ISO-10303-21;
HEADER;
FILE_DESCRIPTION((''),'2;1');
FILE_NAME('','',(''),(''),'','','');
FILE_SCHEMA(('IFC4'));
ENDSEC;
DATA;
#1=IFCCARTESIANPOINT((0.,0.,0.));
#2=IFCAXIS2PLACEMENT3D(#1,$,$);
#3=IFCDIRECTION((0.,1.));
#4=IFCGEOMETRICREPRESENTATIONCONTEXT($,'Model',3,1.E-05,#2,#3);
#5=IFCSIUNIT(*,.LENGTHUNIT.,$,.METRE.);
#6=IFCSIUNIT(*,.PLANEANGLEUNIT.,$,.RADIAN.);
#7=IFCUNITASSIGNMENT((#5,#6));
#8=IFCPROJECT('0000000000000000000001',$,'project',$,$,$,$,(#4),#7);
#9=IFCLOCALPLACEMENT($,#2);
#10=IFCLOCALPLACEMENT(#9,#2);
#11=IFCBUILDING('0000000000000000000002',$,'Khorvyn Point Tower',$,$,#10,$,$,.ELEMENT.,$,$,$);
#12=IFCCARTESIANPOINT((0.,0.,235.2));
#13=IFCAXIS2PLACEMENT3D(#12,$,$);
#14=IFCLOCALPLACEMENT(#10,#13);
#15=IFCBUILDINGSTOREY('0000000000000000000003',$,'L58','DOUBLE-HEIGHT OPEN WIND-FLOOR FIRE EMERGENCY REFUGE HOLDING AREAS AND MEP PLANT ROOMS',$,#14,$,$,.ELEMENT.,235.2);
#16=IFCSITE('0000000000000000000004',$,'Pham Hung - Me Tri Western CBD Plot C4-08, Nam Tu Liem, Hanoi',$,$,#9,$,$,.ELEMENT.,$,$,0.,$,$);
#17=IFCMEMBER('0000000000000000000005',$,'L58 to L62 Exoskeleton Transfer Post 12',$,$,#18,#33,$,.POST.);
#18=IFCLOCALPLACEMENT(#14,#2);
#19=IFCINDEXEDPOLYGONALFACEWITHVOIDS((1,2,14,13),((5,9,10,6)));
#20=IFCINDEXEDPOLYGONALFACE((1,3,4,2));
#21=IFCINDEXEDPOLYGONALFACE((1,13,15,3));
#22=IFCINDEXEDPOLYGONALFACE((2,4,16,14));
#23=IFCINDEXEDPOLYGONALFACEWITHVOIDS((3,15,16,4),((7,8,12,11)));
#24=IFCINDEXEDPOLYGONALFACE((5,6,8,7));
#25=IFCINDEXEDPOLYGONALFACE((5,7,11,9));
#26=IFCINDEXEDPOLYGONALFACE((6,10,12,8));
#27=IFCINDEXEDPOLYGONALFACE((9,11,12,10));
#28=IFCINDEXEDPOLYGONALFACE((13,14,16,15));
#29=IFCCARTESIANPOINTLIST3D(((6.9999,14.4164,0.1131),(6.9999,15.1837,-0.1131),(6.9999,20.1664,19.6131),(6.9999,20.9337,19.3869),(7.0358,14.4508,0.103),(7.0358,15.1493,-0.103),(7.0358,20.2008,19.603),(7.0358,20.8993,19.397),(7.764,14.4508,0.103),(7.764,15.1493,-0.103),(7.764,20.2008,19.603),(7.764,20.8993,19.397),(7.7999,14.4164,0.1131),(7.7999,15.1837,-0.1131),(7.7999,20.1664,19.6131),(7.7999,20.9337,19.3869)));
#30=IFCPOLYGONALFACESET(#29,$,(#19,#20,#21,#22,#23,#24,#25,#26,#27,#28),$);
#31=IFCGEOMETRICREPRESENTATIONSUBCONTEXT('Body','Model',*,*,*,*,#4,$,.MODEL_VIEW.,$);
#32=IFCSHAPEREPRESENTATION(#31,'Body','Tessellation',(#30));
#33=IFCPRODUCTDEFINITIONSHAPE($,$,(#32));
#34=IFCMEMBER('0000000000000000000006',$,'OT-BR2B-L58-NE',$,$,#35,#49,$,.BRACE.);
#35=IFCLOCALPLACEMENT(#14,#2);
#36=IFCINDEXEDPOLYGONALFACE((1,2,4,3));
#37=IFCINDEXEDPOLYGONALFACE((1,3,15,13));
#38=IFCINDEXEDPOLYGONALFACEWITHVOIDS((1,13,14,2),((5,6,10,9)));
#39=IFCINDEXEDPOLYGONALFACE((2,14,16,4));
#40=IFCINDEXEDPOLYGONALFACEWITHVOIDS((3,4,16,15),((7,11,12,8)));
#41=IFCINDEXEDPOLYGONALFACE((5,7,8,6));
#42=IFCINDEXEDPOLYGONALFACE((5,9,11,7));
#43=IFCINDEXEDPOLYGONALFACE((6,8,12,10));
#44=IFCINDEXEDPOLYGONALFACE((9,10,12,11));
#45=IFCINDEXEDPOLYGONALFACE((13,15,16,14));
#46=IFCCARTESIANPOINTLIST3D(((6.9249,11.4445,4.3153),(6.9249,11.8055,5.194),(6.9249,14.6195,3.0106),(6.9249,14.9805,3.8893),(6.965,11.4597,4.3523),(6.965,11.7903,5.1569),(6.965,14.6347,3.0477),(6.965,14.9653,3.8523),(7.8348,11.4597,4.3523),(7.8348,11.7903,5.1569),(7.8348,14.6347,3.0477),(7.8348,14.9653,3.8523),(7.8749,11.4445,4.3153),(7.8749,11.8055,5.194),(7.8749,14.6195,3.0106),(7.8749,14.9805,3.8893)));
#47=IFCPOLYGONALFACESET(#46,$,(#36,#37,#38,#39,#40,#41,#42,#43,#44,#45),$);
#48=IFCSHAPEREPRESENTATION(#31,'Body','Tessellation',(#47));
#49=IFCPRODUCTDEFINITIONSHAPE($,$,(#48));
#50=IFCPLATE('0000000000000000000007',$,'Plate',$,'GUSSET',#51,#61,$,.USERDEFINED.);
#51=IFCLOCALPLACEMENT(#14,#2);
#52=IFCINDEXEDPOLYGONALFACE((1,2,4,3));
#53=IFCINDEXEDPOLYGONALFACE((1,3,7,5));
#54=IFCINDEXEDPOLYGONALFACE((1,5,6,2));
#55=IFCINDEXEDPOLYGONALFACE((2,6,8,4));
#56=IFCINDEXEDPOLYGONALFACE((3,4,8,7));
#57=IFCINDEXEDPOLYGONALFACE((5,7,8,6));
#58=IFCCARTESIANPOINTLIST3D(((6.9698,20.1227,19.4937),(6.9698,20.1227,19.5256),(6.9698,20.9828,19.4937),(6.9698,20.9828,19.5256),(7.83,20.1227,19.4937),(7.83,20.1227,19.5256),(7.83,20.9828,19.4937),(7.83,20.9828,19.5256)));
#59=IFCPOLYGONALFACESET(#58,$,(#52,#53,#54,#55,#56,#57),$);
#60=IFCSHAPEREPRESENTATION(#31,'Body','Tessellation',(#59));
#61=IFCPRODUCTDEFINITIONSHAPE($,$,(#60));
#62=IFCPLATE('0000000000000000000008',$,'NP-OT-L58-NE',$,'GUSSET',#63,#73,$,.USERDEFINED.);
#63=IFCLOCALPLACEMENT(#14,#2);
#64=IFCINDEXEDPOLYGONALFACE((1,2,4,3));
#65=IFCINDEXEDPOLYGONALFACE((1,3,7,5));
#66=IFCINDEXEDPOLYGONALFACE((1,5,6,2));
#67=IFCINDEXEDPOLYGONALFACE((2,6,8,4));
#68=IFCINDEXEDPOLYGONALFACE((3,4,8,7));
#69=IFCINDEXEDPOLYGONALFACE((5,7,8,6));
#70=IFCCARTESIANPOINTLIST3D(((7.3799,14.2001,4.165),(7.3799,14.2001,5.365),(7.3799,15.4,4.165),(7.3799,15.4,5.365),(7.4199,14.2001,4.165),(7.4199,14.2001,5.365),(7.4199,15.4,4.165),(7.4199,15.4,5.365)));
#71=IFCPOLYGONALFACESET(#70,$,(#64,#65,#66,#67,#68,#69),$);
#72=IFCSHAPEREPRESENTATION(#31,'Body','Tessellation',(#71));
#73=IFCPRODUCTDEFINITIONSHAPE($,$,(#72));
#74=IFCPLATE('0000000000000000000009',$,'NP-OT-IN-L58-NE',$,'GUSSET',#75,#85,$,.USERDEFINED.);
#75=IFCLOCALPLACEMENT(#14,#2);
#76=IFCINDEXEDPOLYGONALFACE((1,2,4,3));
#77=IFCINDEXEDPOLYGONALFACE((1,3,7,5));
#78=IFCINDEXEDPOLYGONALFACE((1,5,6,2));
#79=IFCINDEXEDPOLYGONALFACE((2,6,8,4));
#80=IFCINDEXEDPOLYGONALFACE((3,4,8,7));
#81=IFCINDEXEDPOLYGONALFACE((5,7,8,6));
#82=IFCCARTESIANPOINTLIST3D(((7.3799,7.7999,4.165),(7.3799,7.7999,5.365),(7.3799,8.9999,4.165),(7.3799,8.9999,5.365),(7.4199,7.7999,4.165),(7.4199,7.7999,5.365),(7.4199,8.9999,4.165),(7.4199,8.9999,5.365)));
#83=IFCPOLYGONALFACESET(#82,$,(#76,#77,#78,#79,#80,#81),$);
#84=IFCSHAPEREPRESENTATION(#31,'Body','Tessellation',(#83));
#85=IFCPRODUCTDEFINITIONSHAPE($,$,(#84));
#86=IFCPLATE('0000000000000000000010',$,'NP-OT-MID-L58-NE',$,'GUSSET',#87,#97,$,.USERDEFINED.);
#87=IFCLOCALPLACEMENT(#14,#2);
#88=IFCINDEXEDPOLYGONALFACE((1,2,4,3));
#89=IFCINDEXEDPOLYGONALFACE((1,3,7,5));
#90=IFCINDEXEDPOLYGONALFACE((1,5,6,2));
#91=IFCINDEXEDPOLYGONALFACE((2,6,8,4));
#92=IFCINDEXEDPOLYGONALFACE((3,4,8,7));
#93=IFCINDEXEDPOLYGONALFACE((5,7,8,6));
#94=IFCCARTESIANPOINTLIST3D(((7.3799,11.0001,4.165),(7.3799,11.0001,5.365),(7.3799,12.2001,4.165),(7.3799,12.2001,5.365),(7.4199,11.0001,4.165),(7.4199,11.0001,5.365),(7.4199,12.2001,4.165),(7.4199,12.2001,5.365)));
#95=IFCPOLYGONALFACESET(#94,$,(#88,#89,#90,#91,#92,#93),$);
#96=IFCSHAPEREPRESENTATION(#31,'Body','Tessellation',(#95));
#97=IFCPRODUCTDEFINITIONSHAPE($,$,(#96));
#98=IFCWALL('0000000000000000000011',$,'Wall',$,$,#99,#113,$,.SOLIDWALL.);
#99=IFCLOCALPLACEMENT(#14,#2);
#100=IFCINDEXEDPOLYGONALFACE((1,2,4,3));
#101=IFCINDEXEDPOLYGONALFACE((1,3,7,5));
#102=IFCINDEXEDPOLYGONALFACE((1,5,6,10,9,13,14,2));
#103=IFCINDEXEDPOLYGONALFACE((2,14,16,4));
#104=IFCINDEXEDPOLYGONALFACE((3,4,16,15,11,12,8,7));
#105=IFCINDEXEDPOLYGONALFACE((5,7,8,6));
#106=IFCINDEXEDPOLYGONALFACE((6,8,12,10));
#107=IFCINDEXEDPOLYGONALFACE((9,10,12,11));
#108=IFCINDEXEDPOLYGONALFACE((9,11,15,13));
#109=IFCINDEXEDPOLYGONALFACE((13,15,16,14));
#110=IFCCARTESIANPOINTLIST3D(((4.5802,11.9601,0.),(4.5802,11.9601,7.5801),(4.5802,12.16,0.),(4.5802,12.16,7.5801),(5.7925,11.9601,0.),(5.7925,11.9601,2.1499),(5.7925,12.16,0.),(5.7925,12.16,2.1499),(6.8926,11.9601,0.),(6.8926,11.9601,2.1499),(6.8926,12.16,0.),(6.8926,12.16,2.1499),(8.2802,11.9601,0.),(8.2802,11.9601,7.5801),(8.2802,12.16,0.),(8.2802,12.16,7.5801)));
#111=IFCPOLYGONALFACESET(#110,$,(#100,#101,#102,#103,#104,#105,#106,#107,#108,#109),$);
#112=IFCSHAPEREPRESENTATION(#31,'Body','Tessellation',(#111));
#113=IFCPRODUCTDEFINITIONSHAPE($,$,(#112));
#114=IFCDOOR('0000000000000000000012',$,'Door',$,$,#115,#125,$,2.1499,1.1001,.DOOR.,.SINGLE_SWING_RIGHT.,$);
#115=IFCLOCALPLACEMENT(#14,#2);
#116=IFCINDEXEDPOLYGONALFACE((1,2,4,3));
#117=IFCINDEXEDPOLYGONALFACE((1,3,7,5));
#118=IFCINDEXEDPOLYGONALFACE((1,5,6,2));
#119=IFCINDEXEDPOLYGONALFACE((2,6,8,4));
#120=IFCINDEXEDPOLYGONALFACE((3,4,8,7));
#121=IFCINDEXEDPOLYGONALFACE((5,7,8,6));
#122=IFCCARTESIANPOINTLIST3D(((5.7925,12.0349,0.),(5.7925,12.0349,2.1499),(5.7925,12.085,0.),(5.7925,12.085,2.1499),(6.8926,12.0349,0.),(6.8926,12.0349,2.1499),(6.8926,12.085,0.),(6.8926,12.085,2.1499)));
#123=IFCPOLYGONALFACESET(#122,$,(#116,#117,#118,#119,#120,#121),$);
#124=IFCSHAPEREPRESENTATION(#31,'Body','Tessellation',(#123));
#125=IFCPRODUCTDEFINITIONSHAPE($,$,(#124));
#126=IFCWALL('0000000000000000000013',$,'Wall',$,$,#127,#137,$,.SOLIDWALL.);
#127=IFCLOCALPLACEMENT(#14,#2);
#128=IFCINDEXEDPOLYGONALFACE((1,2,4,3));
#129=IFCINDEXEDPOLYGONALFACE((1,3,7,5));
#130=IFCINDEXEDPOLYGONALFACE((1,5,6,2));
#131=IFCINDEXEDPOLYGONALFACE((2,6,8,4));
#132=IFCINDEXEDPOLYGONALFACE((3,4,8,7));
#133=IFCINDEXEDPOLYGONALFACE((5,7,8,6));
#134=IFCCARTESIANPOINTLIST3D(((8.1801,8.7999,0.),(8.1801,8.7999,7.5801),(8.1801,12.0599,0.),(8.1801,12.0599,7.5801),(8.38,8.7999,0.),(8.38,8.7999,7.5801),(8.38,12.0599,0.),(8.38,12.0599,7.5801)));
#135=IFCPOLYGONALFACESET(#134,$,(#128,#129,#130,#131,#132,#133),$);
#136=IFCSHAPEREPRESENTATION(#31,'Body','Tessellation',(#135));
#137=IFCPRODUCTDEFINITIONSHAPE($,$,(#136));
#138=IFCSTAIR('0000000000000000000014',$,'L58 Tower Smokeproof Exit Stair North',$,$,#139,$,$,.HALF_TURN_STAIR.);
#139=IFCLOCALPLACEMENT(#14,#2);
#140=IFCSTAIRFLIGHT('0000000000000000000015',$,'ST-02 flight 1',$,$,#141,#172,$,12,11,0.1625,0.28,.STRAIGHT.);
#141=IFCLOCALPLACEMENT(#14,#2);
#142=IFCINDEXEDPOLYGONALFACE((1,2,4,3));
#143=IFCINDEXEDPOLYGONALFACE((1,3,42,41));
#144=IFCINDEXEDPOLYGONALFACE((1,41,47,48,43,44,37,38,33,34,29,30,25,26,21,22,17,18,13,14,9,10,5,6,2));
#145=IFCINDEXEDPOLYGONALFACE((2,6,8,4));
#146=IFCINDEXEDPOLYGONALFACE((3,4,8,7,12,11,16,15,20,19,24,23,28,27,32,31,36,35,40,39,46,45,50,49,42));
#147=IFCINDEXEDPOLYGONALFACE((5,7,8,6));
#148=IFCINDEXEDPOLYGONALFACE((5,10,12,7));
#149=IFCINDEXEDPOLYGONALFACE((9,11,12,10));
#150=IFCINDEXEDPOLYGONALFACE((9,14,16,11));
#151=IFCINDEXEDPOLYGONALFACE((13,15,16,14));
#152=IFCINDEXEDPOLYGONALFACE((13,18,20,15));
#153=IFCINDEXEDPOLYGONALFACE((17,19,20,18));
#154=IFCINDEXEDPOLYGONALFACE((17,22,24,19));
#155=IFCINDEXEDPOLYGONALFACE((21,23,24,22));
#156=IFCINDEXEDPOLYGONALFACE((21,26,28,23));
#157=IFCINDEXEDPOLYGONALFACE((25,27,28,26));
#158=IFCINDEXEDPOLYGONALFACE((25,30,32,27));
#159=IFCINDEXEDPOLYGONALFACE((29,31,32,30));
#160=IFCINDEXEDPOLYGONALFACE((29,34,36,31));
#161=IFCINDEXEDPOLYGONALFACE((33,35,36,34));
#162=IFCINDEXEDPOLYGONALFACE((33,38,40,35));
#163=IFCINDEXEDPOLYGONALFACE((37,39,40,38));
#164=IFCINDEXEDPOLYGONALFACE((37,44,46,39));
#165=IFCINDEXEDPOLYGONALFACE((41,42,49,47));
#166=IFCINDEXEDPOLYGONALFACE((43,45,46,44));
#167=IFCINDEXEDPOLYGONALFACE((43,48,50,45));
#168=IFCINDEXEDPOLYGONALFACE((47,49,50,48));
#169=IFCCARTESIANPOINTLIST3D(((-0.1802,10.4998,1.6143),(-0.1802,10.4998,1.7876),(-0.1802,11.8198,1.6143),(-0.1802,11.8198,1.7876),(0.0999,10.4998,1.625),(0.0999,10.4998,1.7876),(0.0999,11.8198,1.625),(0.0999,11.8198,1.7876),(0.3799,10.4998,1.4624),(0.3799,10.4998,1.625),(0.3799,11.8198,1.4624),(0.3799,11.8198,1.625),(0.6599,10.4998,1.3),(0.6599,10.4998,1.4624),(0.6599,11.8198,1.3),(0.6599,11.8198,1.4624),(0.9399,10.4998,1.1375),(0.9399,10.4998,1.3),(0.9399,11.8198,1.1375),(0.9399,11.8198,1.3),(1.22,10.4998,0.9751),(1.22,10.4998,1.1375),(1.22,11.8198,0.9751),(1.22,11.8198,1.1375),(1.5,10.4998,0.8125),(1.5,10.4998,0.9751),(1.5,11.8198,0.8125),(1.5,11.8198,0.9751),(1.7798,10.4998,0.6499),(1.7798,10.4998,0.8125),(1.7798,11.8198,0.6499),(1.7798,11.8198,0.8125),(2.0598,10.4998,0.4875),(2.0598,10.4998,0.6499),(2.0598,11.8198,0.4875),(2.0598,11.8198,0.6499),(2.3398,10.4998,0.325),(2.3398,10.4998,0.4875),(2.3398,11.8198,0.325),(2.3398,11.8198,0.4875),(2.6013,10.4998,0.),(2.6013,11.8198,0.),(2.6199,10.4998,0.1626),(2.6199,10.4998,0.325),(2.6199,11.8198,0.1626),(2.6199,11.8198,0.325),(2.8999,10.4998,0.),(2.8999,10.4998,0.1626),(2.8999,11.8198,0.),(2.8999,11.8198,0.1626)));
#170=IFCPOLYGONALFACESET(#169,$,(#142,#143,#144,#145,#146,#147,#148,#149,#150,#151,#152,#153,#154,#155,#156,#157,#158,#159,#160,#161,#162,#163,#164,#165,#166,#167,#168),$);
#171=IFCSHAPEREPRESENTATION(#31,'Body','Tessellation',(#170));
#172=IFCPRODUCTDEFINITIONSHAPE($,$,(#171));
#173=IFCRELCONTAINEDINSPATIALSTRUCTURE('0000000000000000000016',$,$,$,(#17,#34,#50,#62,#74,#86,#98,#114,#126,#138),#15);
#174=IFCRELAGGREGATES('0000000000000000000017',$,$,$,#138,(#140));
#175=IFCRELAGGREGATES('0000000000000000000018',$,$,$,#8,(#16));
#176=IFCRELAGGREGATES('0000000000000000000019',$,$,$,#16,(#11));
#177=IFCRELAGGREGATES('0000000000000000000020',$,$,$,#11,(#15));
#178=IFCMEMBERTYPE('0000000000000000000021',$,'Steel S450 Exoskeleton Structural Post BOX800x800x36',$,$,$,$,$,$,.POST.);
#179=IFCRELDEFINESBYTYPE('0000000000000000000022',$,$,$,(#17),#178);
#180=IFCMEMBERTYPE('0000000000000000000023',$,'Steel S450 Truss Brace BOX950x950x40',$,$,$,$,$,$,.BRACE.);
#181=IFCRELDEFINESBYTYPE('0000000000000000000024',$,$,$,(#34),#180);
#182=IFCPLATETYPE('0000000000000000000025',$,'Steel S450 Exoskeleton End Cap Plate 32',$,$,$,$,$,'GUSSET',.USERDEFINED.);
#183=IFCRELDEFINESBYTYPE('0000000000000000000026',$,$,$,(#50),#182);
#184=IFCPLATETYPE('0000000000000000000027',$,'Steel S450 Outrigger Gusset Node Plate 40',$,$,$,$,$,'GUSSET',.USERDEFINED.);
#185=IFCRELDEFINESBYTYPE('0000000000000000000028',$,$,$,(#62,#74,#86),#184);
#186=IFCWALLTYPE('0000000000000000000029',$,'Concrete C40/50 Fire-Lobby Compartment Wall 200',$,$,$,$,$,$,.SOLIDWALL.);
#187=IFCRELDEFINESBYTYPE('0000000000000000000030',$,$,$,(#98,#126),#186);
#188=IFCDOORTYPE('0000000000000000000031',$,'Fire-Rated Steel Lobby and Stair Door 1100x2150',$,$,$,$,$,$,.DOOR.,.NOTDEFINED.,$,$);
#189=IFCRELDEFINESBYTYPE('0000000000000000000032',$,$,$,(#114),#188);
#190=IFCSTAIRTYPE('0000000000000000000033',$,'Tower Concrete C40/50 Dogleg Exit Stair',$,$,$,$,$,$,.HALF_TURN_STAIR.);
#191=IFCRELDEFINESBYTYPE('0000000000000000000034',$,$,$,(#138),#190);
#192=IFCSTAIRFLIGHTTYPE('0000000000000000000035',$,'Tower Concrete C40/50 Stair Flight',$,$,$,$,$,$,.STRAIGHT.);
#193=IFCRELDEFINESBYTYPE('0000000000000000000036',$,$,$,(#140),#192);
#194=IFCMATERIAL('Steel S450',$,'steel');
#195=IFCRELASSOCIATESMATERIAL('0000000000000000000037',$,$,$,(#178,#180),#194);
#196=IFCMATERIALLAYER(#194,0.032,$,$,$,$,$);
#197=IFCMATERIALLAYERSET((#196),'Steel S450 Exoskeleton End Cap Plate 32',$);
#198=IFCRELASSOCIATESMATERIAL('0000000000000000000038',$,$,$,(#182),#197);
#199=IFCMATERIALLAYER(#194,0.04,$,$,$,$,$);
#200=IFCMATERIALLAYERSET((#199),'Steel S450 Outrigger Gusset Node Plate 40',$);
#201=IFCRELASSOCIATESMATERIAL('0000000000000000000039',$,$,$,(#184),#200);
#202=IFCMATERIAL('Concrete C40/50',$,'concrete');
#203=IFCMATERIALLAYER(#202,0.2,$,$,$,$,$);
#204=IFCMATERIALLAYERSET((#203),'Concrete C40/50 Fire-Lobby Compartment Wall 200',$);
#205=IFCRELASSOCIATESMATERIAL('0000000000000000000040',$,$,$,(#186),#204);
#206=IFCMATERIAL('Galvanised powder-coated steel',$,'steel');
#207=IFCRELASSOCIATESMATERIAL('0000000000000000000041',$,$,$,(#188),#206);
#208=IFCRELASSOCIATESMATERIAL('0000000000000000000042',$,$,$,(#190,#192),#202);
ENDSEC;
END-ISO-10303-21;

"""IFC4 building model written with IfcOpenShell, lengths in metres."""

from ifc_helpers import new_model, si_unit, direction, frame, frame_2d, origin, origin_2d, place, context, subcontext, project, spatial, polyline, rectangle, hollow_rectangle, outline, extrude, material, layer, layer_set, material_profile, profile_set, type_object, element, fill, aggregate, save


model = new_model("IFC4")

# Units and contexts
model_context = context("Model", 3, precision=1e-05, world=origin(), true_north=direction((0.0, 1.0)))
body_context = subcontext(model_context, "Body", "Model", "MODEL_VIEW")
ifc_project = project(units=[si_unit("LENGTHUNIT", "METRE"), si_unit("PLANEANGLEUNIT", "RADIAN")], contexts=[model_context])

# Site, building, storey
site_placement = place(None, origin())
site = spatial("IfcSite", under=ifc_project, at=site_placement, Name="Pham Hung - Me Tri Western CBD Plot C4-08, Nam Tu Liem, Hanoi", CompositionType="ELEMENT", RefElevation=0.0)
building_placement = place(site_placement, origin())
building = spatial("IfcBuilding", under=site, at=building_placement, Name="Khorvyn Point Tower", CompositionType="ELEMENT")
storey_placement = place(building_placement, frame((0.0, 0.0, 235.2)))
storey = spatial("IfcBuildingStorey", under=building, at=storey_placement, Name="L58", Description="DOUBLE-HEIGHT OPEN WIND-FLOOR FIRE EMERGENCY REFUGE HOLDING AREAS AND MEP PLANT ROOMS", CompositionType="ELEMENT", Elevation=235.2)

# Members
ifc_material_1 = material(Name="Steel S450", Category="steel")
ifc_material_profile_1 = material_profile(ifc_material_1, hollow_rectangle(XDim=0.8, YDim=0.8, WallThickness=0.0359, at=origin_2d()))
ifc_profile_set_1 = profile_set([ifc_material_profile_1], Name="Steel S450 BOX800x800x36")
member_type_1 = type_object("IfcMemberType", Name="Steel S450 Exoskeleton Structural Post BOX800x800x36", PredefinedType="POST", material=ifc_profile_set_1)
member_1_placement = place(storey_placement, frame((7.3999, 14.8, 0.0), z_axis=(0.0, 0.282832, 0.959169), x_axis=(-1.0, 0.0, 0.0)))
element("IfcMember", 1, at=member_1_placement, inside=storey, type_object=member_type_1, Name="L58 to L62 Exoskeleton Transfer Post 12", PredefinedType="POST", context=body_context, shape_type="SweptSolid", body=[
    extrude(hollow_rectangle(XDim=0.8, YDim=0.8, WallThickness=0.0359, at=origin_2d()), origin(), (0.0, 0.0, 1.0), 20.3301),
])
ifc_material_profile_2 = material_profile(ifc_material_1, hollow_rectangle(XDim=0.95, YDim=0.95, WallThickness=0.04, at=origin_2d()))
ifc_profile_set_2 = profile_set([ifc_material_profile_2], Name="Steel S450 BOX950x950x40")
member_type_2 = type_object("IfcMemberType", Name="Steel S450 Truss Brace BOX950x950x40", PredefinedType="BRACE", material=ifc_profile_set_2)
member_2_placement = place(storey_placement, frame((7.3999, 11.625, 4.7546), z_axis=(0.0, 0.924953, -0.380081), x_axis=(-1.0, 0.0, 0.0)))
element("IfcMember", 2, at=member_2_placement, inside=storey, type_object=member_type_2, Name="OT-BR2B-L58-NE", PredefinedType="BRACE", context=body_context, shape_type="SweptSolid", body=[
    extrude(hollow_rectangle(XDim=0.95, YDim=0.95, WallThickness=0.04, at=origin_2d()), origin(), (0.0, 0.0, 1.0), 3.4326),
])

# Plates
ifc_layer_1 = layer(ifc_material_1, 0.032)
ifc_layer_set_1 = layer_set([ifc_layer_1], Name="Steel S450 Exoskeleton End Cap Plate 32")
plate_type_1 = type_object("IfcPlateType", Name="Steel S450 Exoskeleton End Cap Plate 32", ElementType="GUSSET", PredefinedType="USERDEFINED", material=ifc_layer_set_1)
plate_placement = place(storey_placement, frame((7.3999, 20.5527, 19.4937), z_axis=(0.0, 0.0, 1.0), x_axis=(1.0, 0.0, 0.0)))
element("IfcPlate", 3, at=plate_placement, inside=storey, type_object=plate_type_1, Name="Plate", ObjectType="GUSSET", PredefinedType="USERDEFINED", context=body_context, shape_type="SweptSolid", body=[
    extrude(rectangle(XDim=0.8601, YDim=0.8601, at=origin_2d()), origin(), (0.0, 0.0, 1.0), 0.032),
])
ifc_layer_2 = layer(ifc_material_1, 0.04)
ifc_layer_set_2 = layer_set([ifc_layer_2], Name="Steel S450 Outrigger Gusset Node Plate 40")
plate_type_2 = type_object("IfcPlateType", Name="Steel S450 Outrigger Gusset Node Plate 40", ElementType="GUSSET", PredefinedType="USERDEFINED", material=ifc_layer_set_2)
for number, where, z_axis, x_axis, name in (
    (4, (7.3999, 14.8, 4.165), (0.0, 0.0, 1.0), (1.0, 0.0, 0.0), "NP-OT-L58-NE"),
    (5, (7.3999, 8.3999, 4.165), (0.0, 0.0, 1.0), (1.0, 0.0, 0.0), "NP-OT-IN-L58-NE"),
    (6, (7.3999, 11.6001, 4.165), (0.0, 0.0, 1.0), (1.0, 0.0, 0.0), "NP-OT-MID-L58-NE"),
):
    element("IfcPlate", number, at=place(storey_placement, frame(where, z_axis=z_axis, x_axis=x_axis)), inside=storey, type_object=plate_type_2, Name=name, ObjectType="GUSSET", PredefinedType="USERDEFINED", context=body_context, shape_type="SweptSolid", body=[
        extrude(rectangle(XDim=0.04, YDim=1.2, at=origin_2d()), origin(), (0.0, 0.0, 1.0), 1.2),
    ])

# Wall, opening, door
ifc_material_2 = material(Name="Concrete C40/50", Category="concrete")
ifc_layer_3 = layer(ifc_material_2, 0.2)
ifc_layer_set_3 = layer_set([ifc_layer_3], Name="Concrete C40/50 Fire-Lobby Compartment Wall 200")
wall_type_1 = type_object("IfcWallType", Name="Concrete C40/50 Fire-Lobby Compartment Wall 200", PredefinedType="SOLIDWALL", material=ifc_layer_set_3)
wall_1_placement = place(storey_placement, frame((4.5801, 12.0601, 0.0), z_axis=(0.0, 0.0, 1.0), x_axis=(1.0, 0.0, 0.0)))
wall_1 = element("IfcWall", 7, at=wall_1_placement, inside=storey, type_object=wall_type_1, Name="Wall", PredefinedType="SOLIDWALL", context=body_context, shape_type="SweptSolid", body=[
    extrude(rectangle(XDim=3.7, YDim=0.2, at=frame_2d((1.8501, 0.0))), origin(), (0.0, 0.0, 1.0), 7.5801),
])
opening_1_placement = place(wall_1_placement, frame((1.2124, 0.0, 0.0)))
opening_1 = element("IfcOpeningElement", 8, at=opening_1_placement, cuts=wall_1, PredefinedType="OPENING", context=body_context, shape_type="SweptSolid", body=[
    extrude(rectangle(XDim=1.1001, YDim=2.1499, at=frame_2d((0.55, 1.075))), frame((0.0, 0.1099, 0.0), z_axis=(0.0, -1.0, 0.0), x_axis=(1.0, 0.0, 0.0)), (0.0, 0.0, 1.0), 0.22),
])
ifc_material_3 = material(Name="Galvanised powder-coated steel", Category="steel")
door_type = type_object("IfcDoorType", Name="Fire-Rated Steel Lobby and Stair Door 1100x2150", OperationType="NOTDEFINED", PredefinedType="DOOR", material=ifc_material_3)
door_1_placement = place(opening_1_placement, origin())
door_1 = element("IfcDoor", 9, at=door_1_placement, inside=storey, type_object=door_type, Name="Door", OperationType="SINGLE_SWING_RIGHT", OverallHeight=2.1499, OverallWidth=1.1001, PredefinedType="DOOR", context=body_context, shape_type="SweptSolid", body=[
    extrude(rectangle(XDim=1.1001, YDim=2.1499, at=frame_2d((0.55, 1.075))), frame((0.0, 0.0249, 0.0), z_axis=(0.0, -1.0, 0.0), x_axis=(1.0, 0.0, 0.0)), (0.0, 0.0, 1.0), 0.05),
])
fill(opening_1, door_1)

# Wall
wall_2_placement = place(storey_placement, frame((8.28, 8.8, 0.0), z_axis=(0.0, 0.0, 1.0), x_axis=(0.0, 1.0, 0.0)))
element("IfcWall", 10, at=wall_2_placement, inside=storey, type_object=wall_type_1, Name="Wall", PredefinedType="SOLIDWALL", context=body_context, shape_type="SweptSolid", body=[
    extrude(rectangle(XDim=3.26, YDim=0.2, at=frame_2d((1.6299, 0.0))), origin(), (0.0, 0.0, 1.0), 7.5801),
])

# Stair, stair flight
stair_type = type_object("IfcStairType", Name="Tower Concrete C40/50 Dogleg Exit Stair", PredefinedType="HALF_TURN_STAIR", material=ifc_material_2)
stair_placement = place(storey_placement, origin())
stair = element("IfcStair", 11, at=stair_placement, inside=storey, type_object=stair_type, Name="L58 Tower Smokeproof Exit Stair North", PredefinedType="HALF_TURN_STAIR")
stair_flight_type = type_object("IfcStairFlightType", Name="Tower Concrete C40/50 Stair Flight", PredefinedType="STRAIGHT", material=ifc_material_2)
stair_flight_1_placement = place(storey_placement, frame((2.8999, 11.1599, 0.0), z_axis=(0.0, 0.0, 1.0), x_axis=(-1.0, 0.0, 0.0)))
stair_flight_1 = element("IfcStairFlight", 12, at=stair_flight_1_placement, type_object=stair_flight_type, Name="ST-02 flight 1", NumberOfRisers=12, NumberOfTreads=11, PredefinedType="STRAIGHT", RiserHeight=0.1625, TreadLength=0.28, context=body_context, shape_type="SweptSolid", body=[
    extrude(outline(polyline([(0.0, 0.0), (0.0, 0.1626), (0.28, 0.1626), (0.28, 0.325), (0.5601, 0.325), (0.5601, 0.4875), (0.8401, 0.4875), (0.8401, 0.6499), (1.1201, 0.6499), (1.1201, 0.8125), (1.3999, 0.8125), (1.3999, 0.9751), (1.6799, 0.9751), (1.6799, 1.1375), (1.96, 1.1375), (1.96, 1.3), (2.24, 1.3), (2.24, 1.4624), (2.52, 1.4624), (2.52, 1.625), (2.8, 1.625), (2.8, 1.7876), (3.0801, 1.7876), (3.0801, 1.95), (3.0801, 1.6143), (0.2986, 0.0), (0.0, 0.0)])), frame((0.0, 0.6602, 0.0), z_axis=(0.0, -1.0, 0.0), x_axis=(1.0, 0.0, 0.0)), (0.0, 0.0, 1.0), 1.3201),
])
aggregate(stair, [stair_flight_1])

save(model, "model.ifc")
